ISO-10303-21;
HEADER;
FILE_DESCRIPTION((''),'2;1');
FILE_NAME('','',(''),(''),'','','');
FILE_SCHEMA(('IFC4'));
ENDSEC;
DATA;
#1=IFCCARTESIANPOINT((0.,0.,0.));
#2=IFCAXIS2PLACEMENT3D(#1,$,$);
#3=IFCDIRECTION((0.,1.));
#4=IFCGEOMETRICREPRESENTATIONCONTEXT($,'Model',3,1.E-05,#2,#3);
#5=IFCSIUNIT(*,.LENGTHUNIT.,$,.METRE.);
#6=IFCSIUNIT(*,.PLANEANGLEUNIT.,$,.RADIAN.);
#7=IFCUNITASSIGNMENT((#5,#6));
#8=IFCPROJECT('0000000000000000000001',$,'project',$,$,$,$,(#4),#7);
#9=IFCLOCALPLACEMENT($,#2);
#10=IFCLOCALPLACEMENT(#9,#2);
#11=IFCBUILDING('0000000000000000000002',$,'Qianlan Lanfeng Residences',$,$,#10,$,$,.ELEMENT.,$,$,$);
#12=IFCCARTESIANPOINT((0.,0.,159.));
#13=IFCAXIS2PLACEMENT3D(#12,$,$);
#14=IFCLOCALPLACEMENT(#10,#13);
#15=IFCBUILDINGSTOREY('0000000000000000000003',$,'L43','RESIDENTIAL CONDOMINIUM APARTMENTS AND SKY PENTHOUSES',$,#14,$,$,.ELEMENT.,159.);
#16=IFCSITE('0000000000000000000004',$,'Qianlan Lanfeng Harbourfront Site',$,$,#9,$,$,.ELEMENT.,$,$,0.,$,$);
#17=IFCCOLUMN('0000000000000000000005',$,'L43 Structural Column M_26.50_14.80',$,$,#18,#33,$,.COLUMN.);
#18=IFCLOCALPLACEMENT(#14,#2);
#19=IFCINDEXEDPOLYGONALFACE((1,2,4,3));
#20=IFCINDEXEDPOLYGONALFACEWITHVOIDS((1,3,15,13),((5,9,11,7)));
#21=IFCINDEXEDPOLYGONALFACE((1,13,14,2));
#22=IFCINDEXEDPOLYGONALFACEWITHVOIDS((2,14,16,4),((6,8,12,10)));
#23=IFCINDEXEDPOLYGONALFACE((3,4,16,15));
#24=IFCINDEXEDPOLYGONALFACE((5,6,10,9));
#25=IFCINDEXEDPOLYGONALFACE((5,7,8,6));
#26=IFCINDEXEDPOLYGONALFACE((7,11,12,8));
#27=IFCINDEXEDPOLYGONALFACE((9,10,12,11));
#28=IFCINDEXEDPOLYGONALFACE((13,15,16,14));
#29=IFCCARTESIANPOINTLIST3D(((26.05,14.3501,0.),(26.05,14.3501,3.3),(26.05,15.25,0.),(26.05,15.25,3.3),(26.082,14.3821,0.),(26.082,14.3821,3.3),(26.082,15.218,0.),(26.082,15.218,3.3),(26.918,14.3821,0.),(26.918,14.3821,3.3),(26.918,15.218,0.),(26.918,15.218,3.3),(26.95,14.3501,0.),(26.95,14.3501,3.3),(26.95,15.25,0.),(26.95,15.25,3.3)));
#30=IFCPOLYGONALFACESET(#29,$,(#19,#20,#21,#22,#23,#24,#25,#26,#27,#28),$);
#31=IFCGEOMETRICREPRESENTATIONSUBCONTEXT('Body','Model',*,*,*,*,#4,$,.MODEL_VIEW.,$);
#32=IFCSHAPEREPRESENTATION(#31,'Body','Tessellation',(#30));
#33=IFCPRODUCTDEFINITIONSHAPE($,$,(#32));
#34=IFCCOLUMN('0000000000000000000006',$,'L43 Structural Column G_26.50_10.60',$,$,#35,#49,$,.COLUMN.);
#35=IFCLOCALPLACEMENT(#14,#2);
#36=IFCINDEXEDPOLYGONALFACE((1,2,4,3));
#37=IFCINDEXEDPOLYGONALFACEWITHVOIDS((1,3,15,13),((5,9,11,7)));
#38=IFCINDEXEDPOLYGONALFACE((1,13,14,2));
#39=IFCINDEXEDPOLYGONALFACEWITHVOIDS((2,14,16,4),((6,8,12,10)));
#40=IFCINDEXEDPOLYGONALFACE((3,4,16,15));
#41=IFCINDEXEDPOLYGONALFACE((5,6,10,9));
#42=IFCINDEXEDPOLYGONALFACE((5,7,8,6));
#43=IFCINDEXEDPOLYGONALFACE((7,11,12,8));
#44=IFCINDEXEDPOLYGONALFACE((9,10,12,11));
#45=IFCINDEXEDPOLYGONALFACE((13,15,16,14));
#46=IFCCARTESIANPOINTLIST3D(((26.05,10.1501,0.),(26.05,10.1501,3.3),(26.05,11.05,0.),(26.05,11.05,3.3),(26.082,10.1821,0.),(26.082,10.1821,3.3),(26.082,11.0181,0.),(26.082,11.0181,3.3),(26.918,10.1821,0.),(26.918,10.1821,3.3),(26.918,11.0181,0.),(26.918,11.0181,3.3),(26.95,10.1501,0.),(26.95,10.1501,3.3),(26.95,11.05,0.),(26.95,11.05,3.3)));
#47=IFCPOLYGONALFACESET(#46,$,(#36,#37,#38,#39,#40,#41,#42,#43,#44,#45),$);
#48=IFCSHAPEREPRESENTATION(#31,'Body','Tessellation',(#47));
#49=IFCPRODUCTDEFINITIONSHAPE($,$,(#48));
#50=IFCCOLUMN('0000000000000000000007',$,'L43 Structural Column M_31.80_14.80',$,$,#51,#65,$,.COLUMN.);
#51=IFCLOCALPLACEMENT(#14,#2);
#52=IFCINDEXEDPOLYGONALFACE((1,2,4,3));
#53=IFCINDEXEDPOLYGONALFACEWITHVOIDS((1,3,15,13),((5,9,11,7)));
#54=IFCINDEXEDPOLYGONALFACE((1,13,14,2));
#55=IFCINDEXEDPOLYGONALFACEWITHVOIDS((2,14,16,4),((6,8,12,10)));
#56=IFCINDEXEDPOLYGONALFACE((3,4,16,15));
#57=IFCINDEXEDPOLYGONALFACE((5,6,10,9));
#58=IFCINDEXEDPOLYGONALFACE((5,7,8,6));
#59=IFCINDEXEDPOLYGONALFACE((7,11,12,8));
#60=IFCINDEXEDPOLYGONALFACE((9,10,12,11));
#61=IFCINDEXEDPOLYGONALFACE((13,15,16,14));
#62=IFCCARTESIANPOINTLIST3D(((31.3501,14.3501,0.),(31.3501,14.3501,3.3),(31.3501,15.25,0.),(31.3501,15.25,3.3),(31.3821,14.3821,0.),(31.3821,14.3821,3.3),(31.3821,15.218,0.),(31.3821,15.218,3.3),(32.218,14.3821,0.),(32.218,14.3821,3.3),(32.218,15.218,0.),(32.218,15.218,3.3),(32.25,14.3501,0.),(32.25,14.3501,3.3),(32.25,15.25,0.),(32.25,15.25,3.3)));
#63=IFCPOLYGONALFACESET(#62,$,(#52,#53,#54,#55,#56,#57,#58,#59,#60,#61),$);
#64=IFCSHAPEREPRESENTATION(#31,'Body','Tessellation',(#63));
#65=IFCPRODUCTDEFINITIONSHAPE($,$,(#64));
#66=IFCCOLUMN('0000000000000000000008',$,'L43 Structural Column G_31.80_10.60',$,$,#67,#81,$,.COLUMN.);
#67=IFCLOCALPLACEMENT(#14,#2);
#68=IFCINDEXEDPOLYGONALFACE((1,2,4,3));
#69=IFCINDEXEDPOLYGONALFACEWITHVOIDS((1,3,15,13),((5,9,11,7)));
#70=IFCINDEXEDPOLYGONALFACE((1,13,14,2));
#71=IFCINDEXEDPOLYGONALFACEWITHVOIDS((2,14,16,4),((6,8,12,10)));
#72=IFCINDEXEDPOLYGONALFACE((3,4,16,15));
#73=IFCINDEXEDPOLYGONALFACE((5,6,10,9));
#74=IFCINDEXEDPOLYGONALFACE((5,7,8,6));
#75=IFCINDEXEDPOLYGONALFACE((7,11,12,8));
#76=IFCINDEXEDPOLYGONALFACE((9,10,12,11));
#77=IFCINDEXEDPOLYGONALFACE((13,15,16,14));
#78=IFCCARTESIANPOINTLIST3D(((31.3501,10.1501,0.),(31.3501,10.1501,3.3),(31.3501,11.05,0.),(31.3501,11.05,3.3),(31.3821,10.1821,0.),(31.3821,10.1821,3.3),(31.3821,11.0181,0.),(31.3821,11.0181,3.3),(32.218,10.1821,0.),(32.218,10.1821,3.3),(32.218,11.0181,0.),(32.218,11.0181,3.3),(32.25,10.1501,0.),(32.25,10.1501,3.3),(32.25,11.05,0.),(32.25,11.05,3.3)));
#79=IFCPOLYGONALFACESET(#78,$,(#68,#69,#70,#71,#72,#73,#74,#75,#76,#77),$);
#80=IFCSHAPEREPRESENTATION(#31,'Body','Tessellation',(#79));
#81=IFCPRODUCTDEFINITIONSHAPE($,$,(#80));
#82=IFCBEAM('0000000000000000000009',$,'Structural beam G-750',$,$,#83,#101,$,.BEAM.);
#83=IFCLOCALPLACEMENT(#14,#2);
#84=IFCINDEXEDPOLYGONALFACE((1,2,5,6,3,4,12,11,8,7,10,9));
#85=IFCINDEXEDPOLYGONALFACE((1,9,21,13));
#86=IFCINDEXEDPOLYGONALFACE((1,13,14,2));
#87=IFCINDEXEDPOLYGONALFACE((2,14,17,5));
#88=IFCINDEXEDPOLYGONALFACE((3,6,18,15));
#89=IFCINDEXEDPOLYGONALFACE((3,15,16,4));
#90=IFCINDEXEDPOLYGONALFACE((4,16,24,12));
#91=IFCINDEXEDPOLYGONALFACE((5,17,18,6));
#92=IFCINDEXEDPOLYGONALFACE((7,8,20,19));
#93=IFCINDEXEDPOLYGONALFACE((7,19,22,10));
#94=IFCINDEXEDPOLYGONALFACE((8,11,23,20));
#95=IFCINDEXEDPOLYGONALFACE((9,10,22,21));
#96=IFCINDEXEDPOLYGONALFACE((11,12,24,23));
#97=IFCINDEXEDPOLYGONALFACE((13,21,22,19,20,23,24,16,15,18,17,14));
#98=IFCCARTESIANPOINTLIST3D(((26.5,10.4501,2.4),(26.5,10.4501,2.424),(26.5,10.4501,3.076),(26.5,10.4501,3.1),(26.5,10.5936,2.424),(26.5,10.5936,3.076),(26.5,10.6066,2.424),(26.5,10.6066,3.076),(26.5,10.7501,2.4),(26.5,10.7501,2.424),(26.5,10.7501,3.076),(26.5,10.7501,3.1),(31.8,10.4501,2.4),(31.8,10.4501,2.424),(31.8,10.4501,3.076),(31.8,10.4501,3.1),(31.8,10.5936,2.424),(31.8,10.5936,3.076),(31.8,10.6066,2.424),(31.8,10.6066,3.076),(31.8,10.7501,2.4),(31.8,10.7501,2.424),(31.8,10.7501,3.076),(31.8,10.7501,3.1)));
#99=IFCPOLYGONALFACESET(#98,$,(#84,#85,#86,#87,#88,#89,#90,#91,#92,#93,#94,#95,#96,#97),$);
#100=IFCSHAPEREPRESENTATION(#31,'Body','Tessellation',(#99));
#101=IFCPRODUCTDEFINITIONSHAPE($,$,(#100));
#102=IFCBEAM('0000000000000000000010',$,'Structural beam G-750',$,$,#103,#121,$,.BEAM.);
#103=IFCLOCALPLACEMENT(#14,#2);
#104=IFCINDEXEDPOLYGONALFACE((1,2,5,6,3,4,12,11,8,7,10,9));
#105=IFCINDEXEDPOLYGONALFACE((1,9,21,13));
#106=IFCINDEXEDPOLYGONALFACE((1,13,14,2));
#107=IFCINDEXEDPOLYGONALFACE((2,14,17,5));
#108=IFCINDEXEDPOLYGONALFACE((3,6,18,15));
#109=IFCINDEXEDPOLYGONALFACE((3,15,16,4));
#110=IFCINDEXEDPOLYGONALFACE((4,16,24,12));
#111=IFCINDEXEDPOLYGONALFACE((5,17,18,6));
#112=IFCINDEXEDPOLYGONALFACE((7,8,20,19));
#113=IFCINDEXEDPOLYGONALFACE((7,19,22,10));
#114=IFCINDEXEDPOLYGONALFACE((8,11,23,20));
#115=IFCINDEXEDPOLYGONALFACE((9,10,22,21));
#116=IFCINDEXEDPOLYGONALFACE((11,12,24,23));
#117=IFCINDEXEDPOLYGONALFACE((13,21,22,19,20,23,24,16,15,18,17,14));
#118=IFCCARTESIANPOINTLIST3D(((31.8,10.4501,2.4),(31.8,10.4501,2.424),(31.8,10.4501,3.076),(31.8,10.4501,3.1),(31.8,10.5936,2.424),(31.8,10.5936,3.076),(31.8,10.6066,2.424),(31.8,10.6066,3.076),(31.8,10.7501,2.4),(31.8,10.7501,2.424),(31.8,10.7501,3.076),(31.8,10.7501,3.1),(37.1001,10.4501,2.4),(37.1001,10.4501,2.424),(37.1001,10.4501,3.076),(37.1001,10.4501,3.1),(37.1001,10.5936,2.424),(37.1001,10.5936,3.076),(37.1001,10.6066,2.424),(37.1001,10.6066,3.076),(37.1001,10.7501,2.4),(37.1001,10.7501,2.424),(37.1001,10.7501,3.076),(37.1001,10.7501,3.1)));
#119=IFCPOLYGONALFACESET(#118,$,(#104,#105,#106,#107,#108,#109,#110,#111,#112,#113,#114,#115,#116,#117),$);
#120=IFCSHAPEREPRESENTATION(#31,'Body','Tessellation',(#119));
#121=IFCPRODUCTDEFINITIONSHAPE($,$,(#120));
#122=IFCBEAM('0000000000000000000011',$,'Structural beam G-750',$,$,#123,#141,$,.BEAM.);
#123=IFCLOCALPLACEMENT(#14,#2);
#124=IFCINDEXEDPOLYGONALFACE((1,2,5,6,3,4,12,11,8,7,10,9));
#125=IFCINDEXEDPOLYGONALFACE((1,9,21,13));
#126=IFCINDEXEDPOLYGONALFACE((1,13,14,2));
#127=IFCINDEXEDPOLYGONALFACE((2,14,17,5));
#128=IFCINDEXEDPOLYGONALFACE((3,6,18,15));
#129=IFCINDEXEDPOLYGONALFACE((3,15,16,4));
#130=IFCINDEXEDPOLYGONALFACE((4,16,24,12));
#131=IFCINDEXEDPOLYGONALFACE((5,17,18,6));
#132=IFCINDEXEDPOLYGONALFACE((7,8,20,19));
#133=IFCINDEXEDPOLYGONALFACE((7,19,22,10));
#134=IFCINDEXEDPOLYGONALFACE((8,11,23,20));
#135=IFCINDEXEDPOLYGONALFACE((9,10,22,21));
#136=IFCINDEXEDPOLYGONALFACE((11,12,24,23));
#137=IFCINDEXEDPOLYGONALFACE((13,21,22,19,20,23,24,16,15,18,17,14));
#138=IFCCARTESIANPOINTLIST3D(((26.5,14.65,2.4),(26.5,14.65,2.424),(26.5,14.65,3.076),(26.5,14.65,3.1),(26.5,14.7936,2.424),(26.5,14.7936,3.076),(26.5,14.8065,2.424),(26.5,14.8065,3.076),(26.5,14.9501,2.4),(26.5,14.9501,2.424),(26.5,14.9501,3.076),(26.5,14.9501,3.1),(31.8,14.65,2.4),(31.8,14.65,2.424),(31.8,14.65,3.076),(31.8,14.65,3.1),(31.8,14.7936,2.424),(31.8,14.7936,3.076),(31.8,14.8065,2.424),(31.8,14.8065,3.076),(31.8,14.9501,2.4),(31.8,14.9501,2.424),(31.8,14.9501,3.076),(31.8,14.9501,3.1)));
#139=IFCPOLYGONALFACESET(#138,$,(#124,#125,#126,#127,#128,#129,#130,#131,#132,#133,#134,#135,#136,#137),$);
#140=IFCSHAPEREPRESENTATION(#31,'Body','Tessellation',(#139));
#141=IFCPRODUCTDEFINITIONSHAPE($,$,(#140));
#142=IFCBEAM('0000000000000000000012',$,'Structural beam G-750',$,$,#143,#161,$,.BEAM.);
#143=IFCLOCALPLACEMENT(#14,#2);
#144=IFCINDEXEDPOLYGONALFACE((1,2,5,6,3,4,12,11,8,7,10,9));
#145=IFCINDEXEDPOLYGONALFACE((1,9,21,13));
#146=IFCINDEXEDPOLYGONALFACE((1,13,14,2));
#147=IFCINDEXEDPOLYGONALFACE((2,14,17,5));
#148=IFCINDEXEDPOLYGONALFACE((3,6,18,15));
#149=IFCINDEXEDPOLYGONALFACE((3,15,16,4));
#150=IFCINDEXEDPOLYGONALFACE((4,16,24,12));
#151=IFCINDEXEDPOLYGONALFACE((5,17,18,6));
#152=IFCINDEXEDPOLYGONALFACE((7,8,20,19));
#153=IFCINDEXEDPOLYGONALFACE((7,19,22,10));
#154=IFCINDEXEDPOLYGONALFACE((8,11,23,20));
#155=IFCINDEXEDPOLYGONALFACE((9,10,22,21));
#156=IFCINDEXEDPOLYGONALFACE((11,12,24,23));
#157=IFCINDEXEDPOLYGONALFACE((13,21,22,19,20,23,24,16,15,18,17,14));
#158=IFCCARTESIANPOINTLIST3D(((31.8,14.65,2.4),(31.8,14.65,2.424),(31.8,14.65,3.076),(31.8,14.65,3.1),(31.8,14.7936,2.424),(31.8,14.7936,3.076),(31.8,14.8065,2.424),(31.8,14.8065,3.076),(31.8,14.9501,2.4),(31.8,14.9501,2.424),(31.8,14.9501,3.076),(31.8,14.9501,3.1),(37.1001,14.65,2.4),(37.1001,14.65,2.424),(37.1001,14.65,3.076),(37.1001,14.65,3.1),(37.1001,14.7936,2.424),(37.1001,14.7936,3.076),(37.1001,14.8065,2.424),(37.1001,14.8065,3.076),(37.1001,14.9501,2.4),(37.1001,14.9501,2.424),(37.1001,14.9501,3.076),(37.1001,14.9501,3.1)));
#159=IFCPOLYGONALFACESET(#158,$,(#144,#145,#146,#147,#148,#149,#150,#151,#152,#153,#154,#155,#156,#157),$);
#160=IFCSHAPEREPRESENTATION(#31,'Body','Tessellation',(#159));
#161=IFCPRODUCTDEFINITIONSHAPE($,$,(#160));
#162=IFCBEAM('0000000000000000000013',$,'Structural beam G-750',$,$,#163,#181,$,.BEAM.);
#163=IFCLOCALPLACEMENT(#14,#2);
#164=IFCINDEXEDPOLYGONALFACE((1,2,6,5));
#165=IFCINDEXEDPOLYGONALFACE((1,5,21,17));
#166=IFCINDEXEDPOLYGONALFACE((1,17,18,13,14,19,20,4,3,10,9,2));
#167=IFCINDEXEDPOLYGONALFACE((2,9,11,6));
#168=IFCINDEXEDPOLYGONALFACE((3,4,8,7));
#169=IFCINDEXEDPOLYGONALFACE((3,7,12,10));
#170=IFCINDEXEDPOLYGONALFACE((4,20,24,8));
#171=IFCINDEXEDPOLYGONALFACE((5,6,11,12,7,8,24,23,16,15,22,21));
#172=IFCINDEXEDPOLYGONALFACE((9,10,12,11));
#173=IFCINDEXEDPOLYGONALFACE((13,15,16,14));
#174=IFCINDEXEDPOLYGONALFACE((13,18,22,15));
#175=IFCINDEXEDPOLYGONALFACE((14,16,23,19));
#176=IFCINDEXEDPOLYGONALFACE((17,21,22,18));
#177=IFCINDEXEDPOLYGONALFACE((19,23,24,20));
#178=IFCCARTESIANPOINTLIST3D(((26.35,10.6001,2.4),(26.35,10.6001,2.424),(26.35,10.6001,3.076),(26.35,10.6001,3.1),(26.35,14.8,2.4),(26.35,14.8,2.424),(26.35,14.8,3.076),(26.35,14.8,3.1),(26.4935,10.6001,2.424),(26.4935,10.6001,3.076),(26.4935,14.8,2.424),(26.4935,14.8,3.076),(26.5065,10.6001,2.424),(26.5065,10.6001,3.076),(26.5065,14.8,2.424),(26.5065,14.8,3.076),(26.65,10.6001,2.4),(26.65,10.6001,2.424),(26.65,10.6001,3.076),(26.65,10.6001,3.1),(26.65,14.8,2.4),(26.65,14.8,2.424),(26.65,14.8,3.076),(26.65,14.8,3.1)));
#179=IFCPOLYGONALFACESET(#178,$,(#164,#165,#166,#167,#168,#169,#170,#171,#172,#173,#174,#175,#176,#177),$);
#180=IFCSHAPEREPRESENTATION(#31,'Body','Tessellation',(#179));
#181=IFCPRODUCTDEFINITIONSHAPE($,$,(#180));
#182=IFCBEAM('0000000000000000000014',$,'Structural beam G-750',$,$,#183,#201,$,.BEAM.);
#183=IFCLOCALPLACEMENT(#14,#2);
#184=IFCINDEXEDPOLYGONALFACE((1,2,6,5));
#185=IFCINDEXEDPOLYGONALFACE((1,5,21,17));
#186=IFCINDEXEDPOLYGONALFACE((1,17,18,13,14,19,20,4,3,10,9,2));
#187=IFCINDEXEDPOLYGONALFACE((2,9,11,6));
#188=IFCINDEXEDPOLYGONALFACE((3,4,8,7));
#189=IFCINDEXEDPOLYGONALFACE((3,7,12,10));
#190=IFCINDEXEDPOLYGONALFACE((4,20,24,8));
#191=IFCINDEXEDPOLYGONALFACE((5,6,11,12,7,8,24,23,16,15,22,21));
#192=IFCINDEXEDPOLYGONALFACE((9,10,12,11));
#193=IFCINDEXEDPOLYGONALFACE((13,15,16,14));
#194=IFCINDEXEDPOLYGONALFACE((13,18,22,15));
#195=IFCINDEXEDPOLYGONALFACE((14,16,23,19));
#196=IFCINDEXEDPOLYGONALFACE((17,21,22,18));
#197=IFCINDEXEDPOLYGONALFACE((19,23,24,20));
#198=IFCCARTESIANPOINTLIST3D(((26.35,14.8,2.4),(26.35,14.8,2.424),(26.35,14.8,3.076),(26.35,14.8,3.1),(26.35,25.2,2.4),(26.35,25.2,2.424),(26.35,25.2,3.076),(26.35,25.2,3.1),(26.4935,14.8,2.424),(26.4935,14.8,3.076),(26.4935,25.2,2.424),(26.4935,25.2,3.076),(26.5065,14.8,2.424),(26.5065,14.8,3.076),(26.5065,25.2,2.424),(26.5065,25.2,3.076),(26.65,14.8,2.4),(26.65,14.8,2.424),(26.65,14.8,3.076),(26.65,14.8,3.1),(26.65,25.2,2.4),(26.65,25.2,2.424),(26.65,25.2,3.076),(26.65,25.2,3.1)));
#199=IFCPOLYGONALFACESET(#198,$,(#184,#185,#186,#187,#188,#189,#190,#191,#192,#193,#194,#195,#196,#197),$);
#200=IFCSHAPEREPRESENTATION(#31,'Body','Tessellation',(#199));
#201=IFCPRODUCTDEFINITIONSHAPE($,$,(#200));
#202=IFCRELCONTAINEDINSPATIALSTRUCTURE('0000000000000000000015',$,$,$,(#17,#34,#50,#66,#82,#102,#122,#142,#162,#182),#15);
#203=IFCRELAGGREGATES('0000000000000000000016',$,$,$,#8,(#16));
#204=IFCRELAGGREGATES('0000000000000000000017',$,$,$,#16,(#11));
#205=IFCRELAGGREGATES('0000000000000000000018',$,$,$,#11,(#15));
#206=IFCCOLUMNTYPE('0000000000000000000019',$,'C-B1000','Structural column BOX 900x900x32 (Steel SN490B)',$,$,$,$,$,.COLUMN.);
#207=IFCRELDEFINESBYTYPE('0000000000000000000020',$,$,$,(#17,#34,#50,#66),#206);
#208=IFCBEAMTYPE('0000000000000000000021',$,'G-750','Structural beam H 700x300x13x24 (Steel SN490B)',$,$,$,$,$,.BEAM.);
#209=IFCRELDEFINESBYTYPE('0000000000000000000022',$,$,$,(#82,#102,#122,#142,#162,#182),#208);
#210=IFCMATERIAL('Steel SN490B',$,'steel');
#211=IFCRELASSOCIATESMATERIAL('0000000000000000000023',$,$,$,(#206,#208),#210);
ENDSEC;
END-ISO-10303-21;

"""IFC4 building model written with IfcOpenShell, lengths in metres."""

from ifc_helpers import new_model, si_unit, direction, frame, origin, origin_2d, place, context, subcontext, project, spatial, hollow_rectangle, i_section, extrude, material, material_profile, profile_set, type_object, element, save


model = new_model("IFC4")

# Units and contexts
model_context = context("Model", 3, precision=1e-05, world=origin(), true_north=direction((0.0, 1.0)))
body_context = subcontext(model_context, "Body", "Model", "MODEL_VIEW")
ifc_project = project(units=[si_unit("LENGTHUNIT", "METRE"), si_unit("PLANEANGLEUNIT", "RADIAN")], contexts=[model_context])

# Site, building, storey
site_placement = place(None, origin())
site = spatial("IfcSite", under=ifc_project, at=site_placement, Name="Qianlan Lanfeng Harbourfront Site", CompositionType="ELEMENT", RefElevation=0.0)
building_placement = place(site_placement, origin())
building = spatial("IfcBuilding", under=site, at=building_placement, Name="Qianlan Lanfeng Residences", CompositionType="ELEMENT")
storey_placement = place(building_placement, frame((0.0, 0.0, 159.0)))
storey = spatial("IfcBuildingStorey", under=building, at=storey_placement, Name="L43", Description="RESIDENTIAL CONDOMINIUM APARTMENTS AND SKY PENTHOUSES", CompositionType="ELEMENT", Elevation=159.0)

# Columns
ifc_material_1 = material(Name="Steel SN490B", Category="steel")
ifc_material_profile_1 = material_profile(ifc_material_1, hollow_rectangle(XDim=0.8999, YDim=0.8999, WallThickness=0.032, at=origin_2d()), Name="BOX 900x900x32")
ifc_profile_set_1 = profile_set([ifc_material_profile_1], Name="Steel SN490B")
column_type = type_object("IfcColumnType", Name="C-B1000", Description="Structural column BOX 900x900x32 (Steel SN490B)", PredefinedType="COLUMN", material=ifc_profile_set_1)
for number, where, z_axis, x_axis, name in (
    (1, (26.5, 14.8, 0.0), (0.0, 0.0, 1.0), (1.0, 0.0, 0.0), "L43 Structural Column M_26.50_14.80"),
    (2, (26.5, 10.6001, 0.0), (0.0, 0.0, 1.0), (1.0, 0.0, 0.0), "L43 Structural Column G_26.50_10.60"),
    (3, (31.8, 14.8, 0.0), (0.0, 0.0, 1.0), (1.0, 0.0, 0.0), "L43 Structural Column M_31.80_14.80"),
    (4, (31.8, 10.6001, 0.0), (0.0, 0.0, 1.0), (1.0, 0.0, 0.0), "L43 Structural Column G_31.80_10.60"),
):
    element("IfcColumn", number, at=place(storey_placement, frame(where, z_axis=z_axis, x_axis=x_axis)), inside=storey, type_object=column_type, Name=name, PredefinedType="COLUMN", context=body_context, shape_type="SweptSolid", body=[
        extrude(hollow_rectangle(XDim=0.8999, YDim=0.8999, WallThickness=0.032, at=origin_2d()), origin(), (0.0, 0.0, 1.0), 3.3),
    ])

# Beams
ifc_material_profile_2 = material_profile(ifc_material_1, i_section(OverallWidth=0.3, OverallDepth=0.7, WebThickness=0.0129, FlangeThickness=0.0239, at=origin_2d()), Name="H 700x300x13x24")
ifc_profile_set_2 = profile_set([ifc_material_profile_2], Name="Steel SN490B")
beam_type_1 = type_object("IfcBeamType", Name="G-750", Description="Structural beam H 700x300x13x24 (Steel SN490B)", PredefinedType="BEAM", material=ifc_profile_set_2)
for number, where, z_axis, x_axis, name in (
    (5, (26.5, 10.6001, 2.75), (1.0, 0.0, 0.0), (0.0, 1.0, 0.0), "Structural beam G-750"),
    (6, (31.8, 10.6001, 2.75), (1.0, 0.0, 0.0), (0.0, 1.0, 0.0), "Structural beam G-750"),
    (7, (26.5, 14.8, 2.75), (1.0, 0.0, 0.0), (0.0, 1.0, 0.0), "Structural beam G-750"),
    (8, (31.8, 14.8, 2.75), (1.0, 0.0, 0.0), (0.0, 1.0, 0.0), "Structural beam G-750"),
):
    element("IfcBeam", number, at=place(storey_placement, frame(where, z_axis=z_axis, x_axis=x_axis)), inside=storey, type_object=beam_type_1, Name=name, PredefinedType="BEAM", context=body_context, shape_type="SweptSolid", body=[
        extrude(i_section(OverallWidth=0.3, OverallDepth=0.7, WebThickness=0.0129, FlangeThickness=0.0239, at=origin_2d()), origin(), (0.0, 0.0, 1.0), 5.3),
    ])
beam_1_placement = place(storey_placement, frame((26.5, 10.6001, 2.75), z_axis=(0.0, 1.0, 0.0), x_axis=(-1.0, 0.0, 0.0)))
element("IfcBeam", 9, at=beam_1_placement, inside=storey, type_object=beam_type_1, Name="Structural beam G-750", PredefinedType="BEAM", context=body_context, shape_type="SweptSolid", body=[
    extrude(i_section(OverallWidth=0.3, OverallDepth=0.7, WebThickness=0.0129, FlangeThickness=0.0239, at=origin_2d()), origin(), (0.0, 0.0, 1.0), 4.2),
])
beam_2_placement = place(storey_placement, frame((26.5, 14.8, 2.75), z_axis=(0.0, 1.0, 0.0), x_axis=(-1.0, 0.0, 0.0)))
element("IfcBeam", 10, at=beam_2_placement, inside=storey, type_object=beam_type_1, Name="Structural beam G-750", PredefinedType="BEAM", context=body_context, shape_type="SweptSolid", body=[
    extrude(i_section(OverallWidth=0.3, OverallDepth=0.7, WebThickness=0.0129, FlangeThickness=0.0239, at=origin_2d()), origin(), (0.0, 0.0, 1.0), 10.3999),
])

save(model, "model.ifc")
